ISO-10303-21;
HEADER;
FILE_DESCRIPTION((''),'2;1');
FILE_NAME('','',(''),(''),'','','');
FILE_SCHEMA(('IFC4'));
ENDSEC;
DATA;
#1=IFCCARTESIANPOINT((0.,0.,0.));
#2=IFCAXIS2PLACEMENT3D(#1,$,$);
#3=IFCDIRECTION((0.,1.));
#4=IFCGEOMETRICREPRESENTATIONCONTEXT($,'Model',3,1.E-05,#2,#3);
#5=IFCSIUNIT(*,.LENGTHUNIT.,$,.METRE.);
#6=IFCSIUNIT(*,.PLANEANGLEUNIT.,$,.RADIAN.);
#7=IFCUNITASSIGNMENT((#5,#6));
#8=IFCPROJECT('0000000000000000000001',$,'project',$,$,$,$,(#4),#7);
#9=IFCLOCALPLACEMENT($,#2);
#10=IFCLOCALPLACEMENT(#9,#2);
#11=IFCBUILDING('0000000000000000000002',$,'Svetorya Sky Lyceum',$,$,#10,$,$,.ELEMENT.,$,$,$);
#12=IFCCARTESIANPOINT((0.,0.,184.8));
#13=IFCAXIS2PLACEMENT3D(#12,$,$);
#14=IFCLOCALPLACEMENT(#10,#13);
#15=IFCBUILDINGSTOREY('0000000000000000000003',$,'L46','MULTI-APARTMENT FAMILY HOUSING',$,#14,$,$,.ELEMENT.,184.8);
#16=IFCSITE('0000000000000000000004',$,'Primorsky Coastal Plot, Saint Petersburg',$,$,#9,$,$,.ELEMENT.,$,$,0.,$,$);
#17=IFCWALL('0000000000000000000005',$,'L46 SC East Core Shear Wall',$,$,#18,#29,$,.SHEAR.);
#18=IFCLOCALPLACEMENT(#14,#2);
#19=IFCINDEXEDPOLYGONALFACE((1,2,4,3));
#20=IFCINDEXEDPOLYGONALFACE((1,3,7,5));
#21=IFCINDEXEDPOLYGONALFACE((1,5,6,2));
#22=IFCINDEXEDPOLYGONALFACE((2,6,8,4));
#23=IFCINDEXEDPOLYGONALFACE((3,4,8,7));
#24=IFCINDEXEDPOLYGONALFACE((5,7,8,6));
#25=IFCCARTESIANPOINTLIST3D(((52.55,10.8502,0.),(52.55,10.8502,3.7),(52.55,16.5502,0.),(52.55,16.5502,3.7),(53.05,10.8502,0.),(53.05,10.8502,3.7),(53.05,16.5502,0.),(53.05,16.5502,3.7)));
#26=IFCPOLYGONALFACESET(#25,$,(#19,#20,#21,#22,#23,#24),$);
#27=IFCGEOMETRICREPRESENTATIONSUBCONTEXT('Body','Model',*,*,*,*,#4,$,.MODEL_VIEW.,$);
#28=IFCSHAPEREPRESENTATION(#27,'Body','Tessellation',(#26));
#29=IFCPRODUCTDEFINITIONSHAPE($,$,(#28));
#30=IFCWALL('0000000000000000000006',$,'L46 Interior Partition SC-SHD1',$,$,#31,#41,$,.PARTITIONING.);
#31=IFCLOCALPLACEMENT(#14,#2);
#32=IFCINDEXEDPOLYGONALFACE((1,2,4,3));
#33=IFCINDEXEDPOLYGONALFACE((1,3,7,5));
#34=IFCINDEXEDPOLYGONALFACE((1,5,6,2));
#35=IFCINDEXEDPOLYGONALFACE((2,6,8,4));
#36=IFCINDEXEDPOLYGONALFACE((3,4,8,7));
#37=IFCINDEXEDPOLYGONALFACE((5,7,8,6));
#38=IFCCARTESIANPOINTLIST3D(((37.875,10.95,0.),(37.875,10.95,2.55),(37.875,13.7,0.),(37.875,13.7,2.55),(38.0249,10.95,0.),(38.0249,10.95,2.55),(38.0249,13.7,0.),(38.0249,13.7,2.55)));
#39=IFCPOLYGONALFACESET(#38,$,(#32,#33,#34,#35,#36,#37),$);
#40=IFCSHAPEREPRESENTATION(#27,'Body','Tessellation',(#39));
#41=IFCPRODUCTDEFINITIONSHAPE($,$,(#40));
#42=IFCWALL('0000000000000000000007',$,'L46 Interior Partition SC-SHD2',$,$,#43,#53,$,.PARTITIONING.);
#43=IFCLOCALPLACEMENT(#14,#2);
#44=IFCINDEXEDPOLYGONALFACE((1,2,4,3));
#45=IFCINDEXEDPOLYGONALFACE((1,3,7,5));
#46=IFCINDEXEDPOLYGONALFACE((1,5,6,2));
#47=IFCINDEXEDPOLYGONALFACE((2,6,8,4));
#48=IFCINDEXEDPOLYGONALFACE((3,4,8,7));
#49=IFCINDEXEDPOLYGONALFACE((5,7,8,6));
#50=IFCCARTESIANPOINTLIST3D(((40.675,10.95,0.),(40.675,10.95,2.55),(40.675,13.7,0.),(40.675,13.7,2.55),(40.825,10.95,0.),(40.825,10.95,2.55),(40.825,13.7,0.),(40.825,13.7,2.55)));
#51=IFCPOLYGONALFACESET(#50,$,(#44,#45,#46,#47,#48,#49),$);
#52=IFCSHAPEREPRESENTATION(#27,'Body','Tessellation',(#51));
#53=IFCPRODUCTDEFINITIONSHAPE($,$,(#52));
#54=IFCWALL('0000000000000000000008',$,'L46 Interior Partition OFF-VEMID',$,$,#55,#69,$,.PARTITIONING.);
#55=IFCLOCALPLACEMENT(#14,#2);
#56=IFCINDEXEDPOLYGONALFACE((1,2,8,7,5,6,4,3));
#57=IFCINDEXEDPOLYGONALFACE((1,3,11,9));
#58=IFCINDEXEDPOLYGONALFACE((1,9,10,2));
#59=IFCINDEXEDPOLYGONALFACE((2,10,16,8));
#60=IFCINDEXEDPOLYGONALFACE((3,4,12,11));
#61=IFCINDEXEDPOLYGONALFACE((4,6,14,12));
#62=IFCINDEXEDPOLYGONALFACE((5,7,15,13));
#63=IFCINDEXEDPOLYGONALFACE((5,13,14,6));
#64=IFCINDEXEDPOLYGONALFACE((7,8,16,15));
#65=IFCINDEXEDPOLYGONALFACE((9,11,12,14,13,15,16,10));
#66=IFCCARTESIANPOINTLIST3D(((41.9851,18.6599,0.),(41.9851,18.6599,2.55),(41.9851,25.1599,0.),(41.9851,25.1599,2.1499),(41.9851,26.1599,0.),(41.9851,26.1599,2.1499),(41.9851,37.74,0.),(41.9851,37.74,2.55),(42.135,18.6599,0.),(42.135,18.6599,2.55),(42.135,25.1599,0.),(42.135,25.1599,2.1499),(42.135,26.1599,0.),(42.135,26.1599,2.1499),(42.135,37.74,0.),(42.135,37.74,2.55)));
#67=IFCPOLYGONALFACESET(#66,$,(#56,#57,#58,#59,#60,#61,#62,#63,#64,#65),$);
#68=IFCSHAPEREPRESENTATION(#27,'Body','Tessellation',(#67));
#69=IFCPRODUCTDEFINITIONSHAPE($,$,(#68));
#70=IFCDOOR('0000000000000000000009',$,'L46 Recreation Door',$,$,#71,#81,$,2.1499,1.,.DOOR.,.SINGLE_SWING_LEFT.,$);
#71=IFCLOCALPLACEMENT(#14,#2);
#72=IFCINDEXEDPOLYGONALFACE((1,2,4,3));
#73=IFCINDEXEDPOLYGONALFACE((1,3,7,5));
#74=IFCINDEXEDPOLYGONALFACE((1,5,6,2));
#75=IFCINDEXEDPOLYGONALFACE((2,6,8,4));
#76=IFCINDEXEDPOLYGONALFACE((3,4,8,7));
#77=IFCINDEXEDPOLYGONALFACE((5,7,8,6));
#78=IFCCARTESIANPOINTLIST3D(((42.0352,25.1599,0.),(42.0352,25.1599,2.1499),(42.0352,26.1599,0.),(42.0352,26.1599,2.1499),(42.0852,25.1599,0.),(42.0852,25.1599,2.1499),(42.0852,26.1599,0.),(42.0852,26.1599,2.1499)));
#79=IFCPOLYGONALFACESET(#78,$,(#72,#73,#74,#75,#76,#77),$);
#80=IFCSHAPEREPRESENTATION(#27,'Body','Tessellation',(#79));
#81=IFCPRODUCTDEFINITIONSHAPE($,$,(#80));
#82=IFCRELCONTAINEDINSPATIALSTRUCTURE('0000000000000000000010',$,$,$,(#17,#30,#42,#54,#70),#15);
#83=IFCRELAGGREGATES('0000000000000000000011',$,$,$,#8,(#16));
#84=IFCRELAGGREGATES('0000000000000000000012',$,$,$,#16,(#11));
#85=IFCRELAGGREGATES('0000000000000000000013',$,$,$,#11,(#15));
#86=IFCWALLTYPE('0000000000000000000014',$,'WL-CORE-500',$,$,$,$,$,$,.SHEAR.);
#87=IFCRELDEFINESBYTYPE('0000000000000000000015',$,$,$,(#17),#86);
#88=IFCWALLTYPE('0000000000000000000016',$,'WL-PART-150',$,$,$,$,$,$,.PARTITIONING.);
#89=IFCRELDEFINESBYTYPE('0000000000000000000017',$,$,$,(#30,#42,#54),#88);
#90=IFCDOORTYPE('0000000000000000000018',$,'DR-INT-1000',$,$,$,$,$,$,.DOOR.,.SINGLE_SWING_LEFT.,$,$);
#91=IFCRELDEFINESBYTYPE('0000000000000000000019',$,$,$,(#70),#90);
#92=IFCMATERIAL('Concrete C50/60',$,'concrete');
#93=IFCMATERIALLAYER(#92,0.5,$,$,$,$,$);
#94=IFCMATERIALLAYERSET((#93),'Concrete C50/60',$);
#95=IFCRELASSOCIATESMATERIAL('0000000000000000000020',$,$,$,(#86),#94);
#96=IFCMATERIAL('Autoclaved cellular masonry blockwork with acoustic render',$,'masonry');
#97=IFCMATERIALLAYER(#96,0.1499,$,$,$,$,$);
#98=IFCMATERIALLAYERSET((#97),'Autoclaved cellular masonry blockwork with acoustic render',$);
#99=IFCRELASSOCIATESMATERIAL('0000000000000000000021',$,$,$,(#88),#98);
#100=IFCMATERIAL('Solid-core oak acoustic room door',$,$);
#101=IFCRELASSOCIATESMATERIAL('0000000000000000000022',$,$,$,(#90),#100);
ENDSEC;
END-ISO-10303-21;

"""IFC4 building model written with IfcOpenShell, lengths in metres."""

from ifc_helpers import new_model, si_unit, direction, frame, frame_2d, origin, place, context, subcontext, project, spatial, rectangle, extrude, material, layer, layer_set, type_object, element, fill, save


model = new_model("IFC4")

# Units and contexts
model_context = context("Model", 3, precision=1e-05, world=origin(), true_north=direction((0.0, 1.0)))
body_context = subcontext(model_context, "Body", "Model", "MODEL_VIEW")
ifc_project = project(units=[si_unit("LENGTHUNIT", "METRE"), si_unit("PLANEANGLEUNIT", "RADIAN")], contexts=[model_context])

# Site, building, storey
site_placement = place(None, origin())
site = spatial("IfcSite", under=ifc_project, at=site_placement, Name="Primorsky Coastal Plot, Saint Petersburg", CompositionType="ELEMENT", RefElevation=0.0)
building_placement = place(site_placement, origin())
building = spatial("IfcBuilding", under=site, at=building_placement, Name="Svetorya Sky Lyceum", CompositionType="ELEMENT")
storey_placement = place(building_placement, frame((0.0, 0.0, 184.8)))
storey = spatial("IfcBuildingStorey", under=building, at=storey_placement, Name="L46", Description="MULTI-APARTMENT FAMILY HOUSING", CompositionType="ELEMENT", Elevation=184.8)

# Shared definitions
ifc_material_1 = material(Name="Concrete C50/60", Category="concrete")

# Walls
ifc_layer_1 = layer(ifc_material_1, 0.5)
ifc_layer_set_1 = layer_set([ifc_layer_1], Name="Concrete C50/60")
wall_type_1 = type_object("IfcWallType", Name="WL-CORE-500", PredefinedType="SHEAR", material=ifc_layer_set_1)
wall_1_placement = place(storey_placement, frame((52.8, 10.8501, 0.0), z_axis=(0.0, 0.0, 1.0), x_axis=(0.0, 1.0, 0.0)))
element("IfcWall", 1, at=wall_1_placement, inside=storey, type_object=wall_type_1, Name="L46 SC East Core Shear Wall", PredefinedType="SHEAR", context=body_context, shape_type="SweptSolid", body=[
    extrude(rectangle(XDim=5.7, YDim=0.5, at=frame_2d((2.8501, 0.0))), origin(), (0.0, 0.0, 1.0), 3.7),
])
ifc_material_2 = material(Name="Autoclaved cellular masonry blockwork with acoustic render", Category="masonry")
ifc_layer_2 = layer(ifc_material_2, 0.1499)
ifc_layer_set_2 = layer_set([ifc_layer_2], Name="Autoclaved cellular masonry blockwork with acoustic render")
wall_type_2 = type_object("IfcWallType", Name="WL-PART-150", PredefinedType="PARTITIONING", material=ifc_layer_set_2)
for number, where, z_axis, x_axis, name in (
    (2, (37.95, 10.95, 0.0), (0.0, 0.0, 1.0), (0.0, 1.0, 0.0), "L46 Interior Partition SC-SHD1"),
    (3, (40.75, 10.95, 0.0), (0.0, 0.0, 1.0), (0.0, 1.0, 0.0), "L46 Interior Partition SC-SHD2"),
):
    element("IfcWall", number, at=place(storey_placement, frame(where, z_axis=z_axis, x_axis=x_axis)), inside=storey, type_object=wall_type_2, Name=name, PredefinedType="PARTITIONING", context=body_context, shape_type="SweptSolid", body=[
        extrude(rectangle(XDim=2.75, YDim=0.1499, at=frame_2d((1.375, 0.0))), origin(), (0.0, 0.0, 1.0), 2.55),
    ])

# Wall, opening, door
wall_2_placement = place(storey_placement, frame((42.0601, 18.6599, 0.0), z_axis=(0.0, 0.0, 1.0), x_axis=(0.0, 1.0, 0.0)))
wall_2 = element("IfcWall", 4, at=wall_2_placement, inside=storey, type_object=wall_type_2, Name="L46 Interior Partition OFF-VEMID", PredefinedType="PARTITIONING", context=body_context, shape_type="SweptSolid", body=[
    extrude(rectangle(XDim=19.0801, YDim=0.1499, at=frame_2d((9.54, 0.0))), origin(), (0.0, 0.0, 1.0), 2.55),
])
opening_1_placement = place(wall_2_placement, frame((6.5, 0.0, 0.0)))
opening_1 = element("IfcOpeningElement", 5, at=opening_1_placement, cuts=wall_2, PredefinedType="OPENING", context=body_context, shape_type="SweptSolid", body=[
    extrude(rectangle(XDim=1.0, YDim=2.1499, at=frame_2d((0.5, 1.075))), frame((0.0, 0.085, 0.0), z_axis=(0.0, -1.0, 0.0), x_axis=(1.0, 0.0, 0.0)), (0.0, 0.0, 1.0), 0.1699),
])
ifc_material_3 = material(Name="Solid-core oak acoustic room door")
door_type_1 = type_object("IfcDoorType", Name="DR-INT-1000", OperationType="SINGLE_SWING_LEFT", PredefinedType="DOOR", material=ifc_material_3)
door_1_placement = place(opening_1_placement, origin())
door_1 = element("IfcDoor", 6, at=door_1_placement, inside=storey, type_object=door_type_1, Name="L46 Recreation Door", OperationType="SINGLE_SWING_LEFT", OverallHeight=2.1499, OverallWidth=1.0, PredefinedType="DOOR", context=body_context, shape_type="SweptSolid", body=[
    extrude(rectangle(XDim=1.0, YDim=2.1499, at=frame_2d((0.5, 1.075))), frame((0.0, 0.0249, 0.0), z_axis=(0.0, -1.0, 0.0), x_axis=(1.0, 0.0, 0.0)), (0.0, 0.0, 1.0), 0.05),
])
fill(opening_1, door_1)

save(model, "model.ifc")
